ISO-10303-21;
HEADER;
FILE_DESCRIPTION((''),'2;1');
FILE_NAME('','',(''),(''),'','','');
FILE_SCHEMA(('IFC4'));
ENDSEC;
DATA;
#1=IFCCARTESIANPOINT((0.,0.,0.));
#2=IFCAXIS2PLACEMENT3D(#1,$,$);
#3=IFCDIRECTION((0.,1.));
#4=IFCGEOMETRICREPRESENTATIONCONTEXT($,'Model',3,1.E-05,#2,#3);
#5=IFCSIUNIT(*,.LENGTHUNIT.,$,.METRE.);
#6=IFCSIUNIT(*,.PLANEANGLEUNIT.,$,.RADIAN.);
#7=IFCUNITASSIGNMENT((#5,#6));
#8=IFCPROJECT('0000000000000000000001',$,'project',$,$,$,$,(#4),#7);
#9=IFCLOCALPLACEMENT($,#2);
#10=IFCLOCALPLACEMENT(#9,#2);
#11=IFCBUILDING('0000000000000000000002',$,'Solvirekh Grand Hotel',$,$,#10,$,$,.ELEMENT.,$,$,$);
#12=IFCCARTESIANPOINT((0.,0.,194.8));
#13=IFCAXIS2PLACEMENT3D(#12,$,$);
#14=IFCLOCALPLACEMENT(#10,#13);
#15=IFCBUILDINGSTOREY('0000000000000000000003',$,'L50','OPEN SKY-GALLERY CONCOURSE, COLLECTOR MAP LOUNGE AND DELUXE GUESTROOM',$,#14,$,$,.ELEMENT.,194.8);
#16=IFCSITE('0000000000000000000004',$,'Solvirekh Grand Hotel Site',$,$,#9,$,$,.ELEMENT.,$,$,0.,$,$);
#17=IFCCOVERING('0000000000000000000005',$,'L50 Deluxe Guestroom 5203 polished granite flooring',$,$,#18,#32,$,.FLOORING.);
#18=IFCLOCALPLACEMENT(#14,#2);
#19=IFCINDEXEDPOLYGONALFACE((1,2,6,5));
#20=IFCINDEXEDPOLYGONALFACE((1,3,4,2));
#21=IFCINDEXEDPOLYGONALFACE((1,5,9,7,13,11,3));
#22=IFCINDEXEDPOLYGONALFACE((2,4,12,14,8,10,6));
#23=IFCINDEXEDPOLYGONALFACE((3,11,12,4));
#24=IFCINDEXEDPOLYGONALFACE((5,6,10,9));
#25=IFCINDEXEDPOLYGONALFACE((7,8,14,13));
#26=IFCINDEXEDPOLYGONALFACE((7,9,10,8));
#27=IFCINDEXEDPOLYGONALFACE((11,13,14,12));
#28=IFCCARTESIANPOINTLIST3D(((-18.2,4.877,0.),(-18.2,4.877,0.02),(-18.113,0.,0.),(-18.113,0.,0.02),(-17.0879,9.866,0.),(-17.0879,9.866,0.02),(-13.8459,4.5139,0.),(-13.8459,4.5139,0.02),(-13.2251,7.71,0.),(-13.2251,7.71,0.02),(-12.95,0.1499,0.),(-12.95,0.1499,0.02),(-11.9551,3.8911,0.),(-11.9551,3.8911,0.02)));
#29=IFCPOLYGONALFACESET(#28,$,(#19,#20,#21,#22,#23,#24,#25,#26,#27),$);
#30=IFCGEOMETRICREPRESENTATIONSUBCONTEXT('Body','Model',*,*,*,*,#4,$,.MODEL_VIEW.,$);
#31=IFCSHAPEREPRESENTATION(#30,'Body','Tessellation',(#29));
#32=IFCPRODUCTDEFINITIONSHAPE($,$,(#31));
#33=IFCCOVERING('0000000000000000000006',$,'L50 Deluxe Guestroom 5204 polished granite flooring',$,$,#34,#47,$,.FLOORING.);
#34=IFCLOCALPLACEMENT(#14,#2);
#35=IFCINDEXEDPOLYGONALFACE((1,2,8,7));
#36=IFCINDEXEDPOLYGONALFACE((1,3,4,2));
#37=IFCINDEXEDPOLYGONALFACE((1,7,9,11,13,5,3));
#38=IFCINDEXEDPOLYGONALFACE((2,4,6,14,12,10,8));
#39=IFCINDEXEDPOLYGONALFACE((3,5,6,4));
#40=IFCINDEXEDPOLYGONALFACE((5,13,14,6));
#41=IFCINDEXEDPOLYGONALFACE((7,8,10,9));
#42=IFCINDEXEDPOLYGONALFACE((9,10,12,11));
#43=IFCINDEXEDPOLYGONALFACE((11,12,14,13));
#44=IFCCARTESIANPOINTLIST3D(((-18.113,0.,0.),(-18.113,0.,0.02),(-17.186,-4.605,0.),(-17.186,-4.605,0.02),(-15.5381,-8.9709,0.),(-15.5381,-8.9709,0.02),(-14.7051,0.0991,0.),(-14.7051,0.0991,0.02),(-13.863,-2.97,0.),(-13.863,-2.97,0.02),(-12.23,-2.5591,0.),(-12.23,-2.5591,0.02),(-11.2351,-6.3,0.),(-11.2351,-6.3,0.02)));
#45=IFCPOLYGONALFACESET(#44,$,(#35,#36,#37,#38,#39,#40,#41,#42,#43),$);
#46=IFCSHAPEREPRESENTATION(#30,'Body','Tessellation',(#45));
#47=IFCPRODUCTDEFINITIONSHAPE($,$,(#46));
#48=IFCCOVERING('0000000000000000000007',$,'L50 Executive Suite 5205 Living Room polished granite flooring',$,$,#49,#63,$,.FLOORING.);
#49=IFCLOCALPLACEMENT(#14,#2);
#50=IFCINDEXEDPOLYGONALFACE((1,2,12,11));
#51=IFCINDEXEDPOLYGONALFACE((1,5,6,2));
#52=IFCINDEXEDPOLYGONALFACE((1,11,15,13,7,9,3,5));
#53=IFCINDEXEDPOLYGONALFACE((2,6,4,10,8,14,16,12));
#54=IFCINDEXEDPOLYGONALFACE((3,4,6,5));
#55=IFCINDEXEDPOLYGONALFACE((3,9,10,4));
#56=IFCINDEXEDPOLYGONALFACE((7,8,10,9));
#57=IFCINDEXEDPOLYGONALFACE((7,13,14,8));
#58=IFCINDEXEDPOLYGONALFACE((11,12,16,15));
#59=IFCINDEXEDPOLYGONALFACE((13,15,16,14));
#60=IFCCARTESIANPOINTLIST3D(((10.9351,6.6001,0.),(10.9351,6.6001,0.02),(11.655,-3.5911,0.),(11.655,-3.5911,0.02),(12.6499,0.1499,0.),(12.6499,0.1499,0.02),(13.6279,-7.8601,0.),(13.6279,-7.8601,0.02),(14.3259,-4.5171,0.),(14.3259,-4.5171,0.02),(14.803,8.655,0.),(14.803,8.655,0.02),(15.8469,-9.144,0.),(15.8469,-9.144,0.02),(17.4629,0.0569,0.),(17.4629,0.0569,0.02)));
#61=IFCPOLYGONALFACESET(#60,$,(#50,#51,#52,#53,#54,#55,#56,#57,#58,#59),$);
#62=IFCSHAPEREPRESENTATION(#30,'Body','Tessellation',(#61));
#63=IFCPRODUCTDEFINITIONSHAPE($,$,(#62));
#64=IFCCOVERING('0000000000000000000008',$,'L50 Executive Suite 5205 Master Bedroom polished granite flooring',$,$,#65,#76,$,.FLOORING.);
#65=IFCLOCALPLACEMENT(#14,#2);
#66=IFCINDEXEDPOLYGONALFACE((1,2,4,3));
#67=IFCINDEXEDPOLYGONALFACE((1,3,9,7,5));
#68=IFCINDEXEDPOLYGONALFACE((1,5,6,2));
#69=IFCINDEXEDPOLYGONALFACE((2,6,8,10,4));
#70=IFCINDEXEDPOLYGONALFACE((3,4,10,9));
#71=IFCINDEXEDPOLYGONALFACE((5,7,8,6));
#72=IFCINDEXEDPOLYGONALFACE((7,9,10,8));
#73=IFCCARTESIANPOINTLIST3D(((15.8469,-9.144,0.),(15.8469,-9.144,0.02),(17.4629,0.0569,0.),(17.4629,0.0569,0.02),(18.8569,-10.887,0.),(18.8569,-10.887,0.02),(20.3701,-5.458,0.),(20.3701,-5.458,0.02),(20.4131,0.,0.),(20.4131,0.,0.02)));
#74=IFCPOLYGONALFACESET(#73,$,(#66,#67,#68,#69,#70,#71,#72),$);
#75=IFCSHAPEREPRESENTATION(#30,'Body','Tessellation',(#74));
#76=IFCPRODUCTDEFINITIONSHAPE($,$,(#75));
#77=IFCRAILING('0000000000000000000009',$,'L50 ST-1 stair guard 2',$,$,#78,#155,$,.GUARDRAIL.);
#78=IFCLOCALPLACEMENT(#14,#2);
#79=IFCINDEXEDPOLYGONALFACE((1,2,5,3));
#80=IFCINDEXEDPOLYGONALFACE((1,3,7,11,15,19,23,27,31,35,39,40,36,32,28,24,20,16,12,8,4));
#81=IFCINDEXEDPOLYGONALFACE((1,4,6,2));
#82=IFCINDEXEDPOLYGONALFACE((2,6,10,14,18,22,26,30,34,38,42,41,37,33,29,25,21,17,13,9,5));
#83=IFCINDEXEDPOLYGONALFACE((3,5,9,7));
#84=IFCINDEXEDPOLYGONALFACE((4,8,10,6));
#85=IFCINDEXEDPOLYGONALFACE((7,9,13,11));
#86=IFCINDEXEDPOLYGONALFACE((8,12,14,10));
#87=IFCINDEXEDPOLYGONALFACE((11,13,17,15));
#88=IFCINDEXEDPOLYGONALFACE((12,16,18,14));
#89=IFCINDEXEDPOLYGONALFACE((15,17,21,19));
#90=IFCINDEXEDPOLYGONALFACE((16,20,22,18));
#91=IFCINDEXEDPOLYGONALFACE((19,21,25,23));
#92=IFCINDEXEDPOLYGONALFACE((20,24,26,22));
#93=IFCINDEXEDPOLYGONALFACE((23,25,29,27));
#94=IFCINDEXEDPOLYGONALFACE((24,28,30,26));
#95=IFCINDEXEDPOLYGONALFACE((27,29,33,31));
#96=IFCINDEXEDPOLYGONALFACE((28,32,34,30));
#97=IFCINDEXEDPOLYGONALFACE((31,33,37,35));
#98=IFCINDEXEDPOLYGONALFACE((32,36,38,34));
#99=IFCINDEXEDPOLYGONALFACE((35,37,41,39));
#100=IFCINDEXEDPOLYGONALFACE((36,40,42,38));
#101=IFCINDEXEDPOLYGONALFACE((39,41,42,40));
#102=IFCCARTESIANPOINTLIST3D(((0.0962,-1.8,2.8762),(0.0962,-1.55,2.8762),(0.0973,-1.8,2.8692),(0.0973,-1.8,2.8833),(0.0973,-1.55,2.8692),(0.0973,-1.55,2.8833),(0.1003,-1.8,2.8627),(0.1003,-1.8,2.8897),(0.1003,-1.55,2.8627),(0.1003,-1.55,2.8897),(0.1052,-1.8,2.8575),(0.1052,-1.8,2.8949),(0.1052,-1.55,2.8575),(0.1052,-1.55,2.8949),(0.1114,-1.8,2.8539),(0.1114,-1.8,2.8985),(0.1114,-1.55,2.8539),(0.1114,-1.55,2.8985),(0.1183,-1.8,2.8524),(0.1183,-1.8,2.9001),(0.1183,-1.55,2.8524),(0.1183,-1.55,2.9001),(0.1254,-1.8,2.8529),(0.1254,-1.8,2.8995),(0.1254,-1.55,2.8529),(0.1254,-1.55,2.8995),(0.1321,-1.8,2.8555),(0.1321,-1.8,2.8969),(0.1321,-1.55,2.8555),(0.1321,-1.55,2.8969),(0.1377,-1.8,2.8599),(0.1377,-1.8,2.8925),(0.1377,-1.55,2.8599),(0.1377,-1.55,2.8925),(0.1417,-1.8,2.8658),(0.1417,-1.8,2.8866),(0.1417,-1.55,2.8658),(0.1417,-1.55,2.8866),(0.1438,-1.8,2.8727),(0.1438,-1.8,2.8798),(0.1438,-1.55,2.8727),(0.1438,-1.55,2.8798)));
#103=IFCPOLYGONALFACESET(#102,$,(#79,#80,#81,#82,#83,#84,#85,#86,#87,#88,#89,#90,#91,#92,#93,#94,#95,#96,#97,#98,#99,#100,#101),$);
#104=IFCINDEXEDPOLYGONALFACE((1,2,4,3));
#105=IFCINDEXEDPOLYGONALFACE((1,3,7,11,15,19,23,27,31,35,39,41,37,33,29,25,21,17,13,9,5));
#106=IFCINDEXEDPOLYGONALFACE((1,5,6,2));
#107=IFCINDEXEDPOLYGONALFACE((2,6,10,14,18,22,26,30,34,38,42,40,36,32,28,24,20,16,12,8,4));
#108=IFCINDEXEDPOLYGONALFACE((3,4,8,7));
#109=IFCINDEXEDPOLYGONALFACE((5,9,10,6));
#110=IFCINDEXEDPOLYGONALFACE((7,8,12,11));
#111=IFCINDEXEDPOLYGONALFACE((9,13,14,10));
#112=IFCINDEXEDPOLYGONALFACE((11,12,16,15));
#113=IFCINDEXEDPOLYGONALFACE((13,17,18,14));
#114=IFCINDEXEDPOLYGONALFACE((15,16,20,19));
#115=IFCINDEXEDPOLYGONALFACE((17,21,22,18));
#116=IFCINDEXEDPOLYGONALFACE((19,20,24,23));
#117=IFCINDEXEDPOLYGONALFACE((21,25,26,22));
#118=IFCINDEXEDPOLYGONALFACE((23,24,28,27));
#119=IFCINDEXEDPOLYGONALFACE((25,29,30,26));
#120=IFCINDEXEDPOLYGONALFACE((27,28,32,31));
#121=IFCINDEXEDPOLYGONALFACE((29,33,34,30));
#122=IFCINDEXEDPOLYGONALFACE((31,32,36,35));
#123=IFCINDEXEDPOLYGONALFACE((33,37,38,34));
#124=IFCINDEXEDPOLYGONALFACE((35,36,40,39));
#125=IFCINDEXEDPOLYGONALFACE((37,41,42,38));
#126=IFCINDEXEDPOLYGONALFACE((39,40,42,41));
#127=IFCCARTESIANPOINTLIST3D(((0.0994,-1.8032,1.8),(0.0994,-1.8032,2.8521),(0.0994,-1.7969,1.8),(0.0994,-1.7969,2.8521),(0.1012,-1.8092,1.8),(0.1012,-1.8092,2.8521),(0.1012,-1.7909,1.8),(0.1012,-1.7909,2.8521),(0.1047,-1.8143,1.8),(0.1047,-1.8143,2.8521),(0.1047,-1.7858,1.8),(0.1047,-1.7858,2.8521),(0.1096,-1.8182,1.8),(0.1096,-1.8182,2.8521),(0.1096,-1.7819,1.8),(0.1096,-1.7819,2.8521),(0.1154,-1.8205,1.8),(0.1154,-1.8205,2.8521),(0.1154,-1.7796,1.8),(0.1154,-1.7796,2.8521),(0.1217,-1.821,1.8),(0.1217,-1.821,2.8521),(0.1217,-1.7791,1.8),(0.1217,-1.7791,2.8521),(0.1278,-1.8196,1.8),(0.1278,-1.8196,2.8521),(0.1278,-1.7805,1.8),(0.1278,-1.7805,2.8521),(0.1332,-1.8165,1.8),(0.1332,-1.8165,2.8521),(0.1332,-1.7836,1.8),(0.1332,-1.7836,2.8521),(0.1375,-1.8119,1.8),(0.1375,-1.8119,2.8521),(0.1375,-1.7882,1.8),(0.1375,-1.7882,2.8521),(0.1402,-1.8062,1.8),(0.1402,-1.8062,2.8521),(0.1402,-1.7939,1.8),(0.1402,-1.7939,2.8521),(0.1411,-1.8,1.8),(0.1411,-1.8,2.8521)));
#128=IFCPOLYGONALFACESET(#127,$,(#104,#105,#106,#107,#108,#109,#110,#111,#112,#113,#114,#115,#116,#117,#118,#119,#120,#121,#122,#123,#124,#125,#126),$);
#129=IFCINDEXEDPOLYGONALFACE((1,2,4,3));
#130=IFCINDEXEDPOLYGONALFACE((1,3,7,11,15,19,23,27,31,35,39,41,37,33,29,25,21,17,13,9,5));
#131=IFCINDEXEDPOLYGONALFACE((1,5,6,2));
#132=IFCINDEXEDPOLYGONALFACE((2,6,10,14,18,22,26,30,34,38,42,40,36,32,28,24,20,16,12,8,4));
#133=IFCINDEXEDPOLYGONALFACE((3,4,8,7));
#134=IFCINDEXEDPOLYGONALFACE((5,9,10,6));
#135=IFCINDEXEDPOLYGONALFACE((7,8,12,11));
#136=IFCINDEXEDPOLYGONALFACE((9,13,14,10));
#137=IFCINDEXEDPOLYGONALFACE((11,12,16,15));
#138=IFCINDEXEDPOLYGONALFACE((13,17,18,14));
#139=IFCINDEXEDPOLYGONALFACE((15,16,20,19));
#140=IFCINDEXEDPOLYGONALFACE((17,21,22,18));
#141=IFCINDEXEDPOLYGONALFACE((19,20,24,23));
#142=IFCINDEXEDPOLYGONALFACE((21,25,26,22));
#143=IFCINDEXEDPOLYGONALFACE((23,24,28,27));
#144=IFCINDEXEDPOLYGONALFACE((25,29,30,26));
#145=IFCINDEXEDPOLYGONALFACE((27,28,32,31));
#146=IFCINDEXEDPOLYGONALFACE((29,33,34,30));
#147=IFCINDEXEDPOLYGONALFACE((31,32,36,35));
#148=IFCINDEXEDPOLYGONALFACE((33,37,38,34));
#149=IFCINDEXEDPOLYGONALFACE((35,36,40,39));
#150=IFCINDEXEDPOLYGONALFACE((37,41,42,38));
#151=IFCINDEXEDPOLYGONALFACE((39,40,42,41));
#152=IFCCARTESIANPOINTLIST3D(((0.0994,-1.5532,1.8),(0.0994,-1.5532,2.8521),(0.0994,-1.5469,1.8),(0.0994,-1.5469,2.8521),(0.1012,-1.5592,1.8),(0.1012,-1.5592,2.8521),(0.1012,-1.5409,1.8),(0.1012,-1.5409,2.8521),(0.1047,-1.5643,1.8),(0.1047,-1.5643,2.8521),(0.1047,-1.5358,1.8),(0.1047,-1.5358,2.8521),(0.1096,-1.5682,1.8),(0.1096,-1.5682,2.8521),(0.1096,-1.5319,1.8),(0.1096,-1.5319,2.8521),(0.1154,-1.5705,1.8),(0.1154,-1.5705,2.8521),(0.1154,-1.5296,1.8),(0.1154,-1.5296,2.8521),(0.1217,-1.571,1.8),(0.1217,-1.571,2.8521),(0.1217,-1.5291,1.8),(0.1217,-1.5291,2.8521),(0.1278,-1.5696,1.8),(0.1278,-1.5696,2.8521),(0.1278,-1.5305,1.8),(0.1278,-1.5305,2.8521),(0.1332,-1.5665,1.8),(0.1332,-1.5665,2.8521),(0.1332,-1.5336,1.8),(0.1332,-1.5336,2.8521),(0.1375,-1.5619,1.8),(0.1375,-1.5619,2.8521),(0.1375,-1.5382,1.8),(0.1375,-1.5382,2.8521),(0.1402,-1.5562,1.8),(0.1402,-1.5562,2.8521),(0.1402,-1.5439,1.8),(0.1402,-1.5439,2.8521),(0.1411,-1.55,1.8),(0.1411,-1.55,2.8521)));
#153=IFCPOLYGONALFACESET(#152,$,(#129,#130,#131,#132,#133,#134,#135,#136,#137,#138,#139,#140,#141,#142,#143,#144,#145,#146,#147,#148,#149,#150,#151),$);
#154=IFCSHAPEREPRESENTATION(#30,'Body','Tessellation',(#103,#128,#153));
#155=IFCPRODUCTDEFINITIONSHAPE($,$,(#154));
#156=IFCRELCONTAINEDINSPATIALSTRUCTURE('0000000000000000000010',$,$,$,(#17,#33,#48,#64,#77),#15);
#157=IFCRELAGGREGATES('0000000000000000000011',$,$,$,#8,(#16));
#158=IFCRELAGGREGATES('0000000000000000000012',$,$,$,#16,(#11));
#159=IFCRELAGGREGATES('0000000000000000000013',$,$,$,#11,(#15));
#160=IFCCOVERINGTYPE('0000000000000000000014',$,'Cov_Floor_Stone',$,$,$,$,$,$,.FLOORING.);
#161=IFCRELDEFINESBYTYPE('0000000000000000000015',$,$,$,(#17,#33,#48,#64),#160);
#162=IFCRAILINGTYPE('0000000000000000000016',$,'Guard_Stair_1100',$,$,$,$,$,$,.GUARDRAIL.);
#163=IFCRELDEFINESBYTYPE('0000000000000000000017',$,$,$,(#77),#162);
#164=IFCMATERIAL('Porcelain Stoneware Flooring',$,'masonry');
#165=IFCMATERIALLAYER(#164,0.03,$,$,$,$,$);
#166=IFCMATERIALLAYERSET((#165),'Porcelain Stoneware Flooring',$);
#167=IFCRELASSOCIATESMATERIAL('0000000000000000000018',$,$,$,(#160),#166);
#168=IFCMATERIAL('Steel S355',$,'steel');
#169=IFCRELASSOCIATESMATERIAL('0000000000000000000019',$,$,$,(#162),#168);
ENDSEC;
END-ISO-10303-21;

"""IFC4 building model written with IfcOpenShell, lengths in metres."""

from ifc_helpers import new_model, si_unit, direction, frame, origin, origin_2d, place, context, subcontext, project, spatial, polyline, circle, outline, extrude, material, layer, layer_set, type_object, element, save


model = new_model("IFC4")

# Units and contexts
model_context = context("Model", 3, precision=1e-05, world=origin(), true_north=direction((0.0, 1.0)))
body_context = subcontext(model_context, "Body", "Model", "MODEL_VIEW")
ifc_project = project(units=[si_unit("LENGTHUNIT", "METRE"), si_unit("PLANEANGLEUNIT", "RADIAN")], contexts=[model_context])

# Site, building, storey
site_placement = place(None, origin())
site = spatial("IfcSite", under=ifc_project, at=site_placement, Name="Solvirekh Grand Hotel Site", CompositionType="ELEMENT", RefElevation=0.0)
building_placement = place(site_placement, origin())
building = spatial("IfcBuilding", under=site, at=building_placement, Name="Solvirekh Grand Hotel", CompositionType="ELEMENT")
storey_placement = place(building_placement, frame((0.0, 0.0, 194.8)))
storey = spatial("IfcBuildingStorey", under=building, at=storey_placement, Name="L50", Description="OPEN SKY-GALLERY CONCOURSE, COLLECTOR MAP LOUNGE AND DELUXE GUESTROOM", CompositionType="ELEMENT", Elevation=194.8)

# Coverings
ifc_material_1 = material(Name="Porcelain Stoneware Flooring", Category="masonry")
ifc_layer_1 = layer(ifc_material_1, 0.03)
ifc_layer_set_1 = layer_set([ifc_layer_1], Name="Porcelain Stoneware Flooring")
covering_type_1 = type_object("IfcCoveringType", Name="Cov_Floor_Stone", PredefinedType="FLOORING", material=ifc_layer_set_1)
covering_1_placement = place(storey_placement, origin())
element("IfcCovering", 1, at=covering_1_placement, inside=storey, type_object=covering_type_1, Name="L50 Deluxe Guestroom 5203 polished granite flooring", PredefinedType="FLOORING", context=body_context, shape_type="SweptSolid", body=[
    extrude(outline(polyline([(-13.8459, 4.5139), (-13.2251, 7.71), (-17.0879, 9.866), (-18.2, 4.877), (-18.113, 0.0), (-12.95, 0.1499), (-11.9551, 3.8911), (-13.8459, 4.5139)])), origin(), (0.0, 0.0, 1.0), 0.02),
])
covering_2_placement = place(storey_placement, origin())
element("IfcCovering", 2, at=covering_2_placement, inside=storey, type_object=covering_type_1, Name="L50 Deluxe Guestroom 5204 polished granite flooring", PredefinedType="FLOORING", context=body_context, shape_type="SweptSolid", body=[
    extrude(outline(polyline([(-13.863, -2.97), (-14.7051, 0.0991), (-18.113, 0.0), (-17.186, -4.605), (-15.5381, -8.9709), (-11.2351, -6.3), (-12.23, -2.5591), (-13.863, -2.97)])), origin(), (0.0, 0.0, 1.0), 0.02),
])
covering_3_placement = place(storey_placement, origin())
element("IfcCovering", 3, at=covering_3_placement, inside=storey, type_object=covering_type_1, Name="L50 Executive Suite 5205 Living Room polished granite flooring", PredefinedType="FLOORING", context=body_context, shape_type="SweptSolid", body=[
    extrude(outline(polyline([(14.3259, -4.5171), (13.6279, -7.8601), (15.8469, -9.144), (17.4629, 0.0569), (14.803, 8.655), (10.9351, 6.6001), (12.6499, 0.1499), (11.655, -3.5911), (14.3259, -4.5171)])), origin(), (0.0, 0.0, 1.0), 0.02),
])
covering_4_placement = place(storey_placement, origin())
element("IfcCovering", 4, at=covering_4_placement, inside=storey, type_object=covering_type_1, Name="L50 Executive Suite 5205 Master Bedroom polished granite flooring", PredefinedType="FLOORING", context=body_context, shape_type="SweptSolid", body=[
    extrude(outline(polyline([(18.8569, -10.887), (20.3701, -5.458), (20.4131, 0.0), (17.4629, 0.0569), (15.8469, -9.144), (18.8569, -10.887)])), origin(), (0.0, 0.0, 1.0), 0.02),
])

# Railing
ifc_material_2 = material(Name="Steel S355", Category="steel")
railing_type_1 = type_object("IfcRailingType", Name="Guard_Stair_1100", PredefinedType="GUARDRAIL", material=ifc_material_2)
railing_1_placement = place(storey_placement, frame((0.1201, -1.8, 1.8)))
element("IfcRailing", 5, at=railing_1_placement, inside=storey, type_object=railing_type_1, Name="L50 ST-1 stair guard 2", PredefinedType="GUARDRAIL", context=body_context, shape_type="SweptSolid", body=[
    extrude(circle(Radius=0.0239, at=origin_2d()), frame((0.0, 0.0, 1.0762), z_axis=(0.0, 1.0, 0.0), x_axis=(-1.0, 0.0, 0.0)), (0.0, 0.0, 1.0), 0.25),
    extrude(circle(Radius=0.021, at=origin_2d()), origin(), (0.0, 0.0, 1.0), 1.052),
    extrude(circle(Radius=0.021, at=origin_2d()), frame((0.0, 0.25, 0.0)), (0.0, 0.0, 1.0), 1.052),
])

save(model, "model.ifc")
